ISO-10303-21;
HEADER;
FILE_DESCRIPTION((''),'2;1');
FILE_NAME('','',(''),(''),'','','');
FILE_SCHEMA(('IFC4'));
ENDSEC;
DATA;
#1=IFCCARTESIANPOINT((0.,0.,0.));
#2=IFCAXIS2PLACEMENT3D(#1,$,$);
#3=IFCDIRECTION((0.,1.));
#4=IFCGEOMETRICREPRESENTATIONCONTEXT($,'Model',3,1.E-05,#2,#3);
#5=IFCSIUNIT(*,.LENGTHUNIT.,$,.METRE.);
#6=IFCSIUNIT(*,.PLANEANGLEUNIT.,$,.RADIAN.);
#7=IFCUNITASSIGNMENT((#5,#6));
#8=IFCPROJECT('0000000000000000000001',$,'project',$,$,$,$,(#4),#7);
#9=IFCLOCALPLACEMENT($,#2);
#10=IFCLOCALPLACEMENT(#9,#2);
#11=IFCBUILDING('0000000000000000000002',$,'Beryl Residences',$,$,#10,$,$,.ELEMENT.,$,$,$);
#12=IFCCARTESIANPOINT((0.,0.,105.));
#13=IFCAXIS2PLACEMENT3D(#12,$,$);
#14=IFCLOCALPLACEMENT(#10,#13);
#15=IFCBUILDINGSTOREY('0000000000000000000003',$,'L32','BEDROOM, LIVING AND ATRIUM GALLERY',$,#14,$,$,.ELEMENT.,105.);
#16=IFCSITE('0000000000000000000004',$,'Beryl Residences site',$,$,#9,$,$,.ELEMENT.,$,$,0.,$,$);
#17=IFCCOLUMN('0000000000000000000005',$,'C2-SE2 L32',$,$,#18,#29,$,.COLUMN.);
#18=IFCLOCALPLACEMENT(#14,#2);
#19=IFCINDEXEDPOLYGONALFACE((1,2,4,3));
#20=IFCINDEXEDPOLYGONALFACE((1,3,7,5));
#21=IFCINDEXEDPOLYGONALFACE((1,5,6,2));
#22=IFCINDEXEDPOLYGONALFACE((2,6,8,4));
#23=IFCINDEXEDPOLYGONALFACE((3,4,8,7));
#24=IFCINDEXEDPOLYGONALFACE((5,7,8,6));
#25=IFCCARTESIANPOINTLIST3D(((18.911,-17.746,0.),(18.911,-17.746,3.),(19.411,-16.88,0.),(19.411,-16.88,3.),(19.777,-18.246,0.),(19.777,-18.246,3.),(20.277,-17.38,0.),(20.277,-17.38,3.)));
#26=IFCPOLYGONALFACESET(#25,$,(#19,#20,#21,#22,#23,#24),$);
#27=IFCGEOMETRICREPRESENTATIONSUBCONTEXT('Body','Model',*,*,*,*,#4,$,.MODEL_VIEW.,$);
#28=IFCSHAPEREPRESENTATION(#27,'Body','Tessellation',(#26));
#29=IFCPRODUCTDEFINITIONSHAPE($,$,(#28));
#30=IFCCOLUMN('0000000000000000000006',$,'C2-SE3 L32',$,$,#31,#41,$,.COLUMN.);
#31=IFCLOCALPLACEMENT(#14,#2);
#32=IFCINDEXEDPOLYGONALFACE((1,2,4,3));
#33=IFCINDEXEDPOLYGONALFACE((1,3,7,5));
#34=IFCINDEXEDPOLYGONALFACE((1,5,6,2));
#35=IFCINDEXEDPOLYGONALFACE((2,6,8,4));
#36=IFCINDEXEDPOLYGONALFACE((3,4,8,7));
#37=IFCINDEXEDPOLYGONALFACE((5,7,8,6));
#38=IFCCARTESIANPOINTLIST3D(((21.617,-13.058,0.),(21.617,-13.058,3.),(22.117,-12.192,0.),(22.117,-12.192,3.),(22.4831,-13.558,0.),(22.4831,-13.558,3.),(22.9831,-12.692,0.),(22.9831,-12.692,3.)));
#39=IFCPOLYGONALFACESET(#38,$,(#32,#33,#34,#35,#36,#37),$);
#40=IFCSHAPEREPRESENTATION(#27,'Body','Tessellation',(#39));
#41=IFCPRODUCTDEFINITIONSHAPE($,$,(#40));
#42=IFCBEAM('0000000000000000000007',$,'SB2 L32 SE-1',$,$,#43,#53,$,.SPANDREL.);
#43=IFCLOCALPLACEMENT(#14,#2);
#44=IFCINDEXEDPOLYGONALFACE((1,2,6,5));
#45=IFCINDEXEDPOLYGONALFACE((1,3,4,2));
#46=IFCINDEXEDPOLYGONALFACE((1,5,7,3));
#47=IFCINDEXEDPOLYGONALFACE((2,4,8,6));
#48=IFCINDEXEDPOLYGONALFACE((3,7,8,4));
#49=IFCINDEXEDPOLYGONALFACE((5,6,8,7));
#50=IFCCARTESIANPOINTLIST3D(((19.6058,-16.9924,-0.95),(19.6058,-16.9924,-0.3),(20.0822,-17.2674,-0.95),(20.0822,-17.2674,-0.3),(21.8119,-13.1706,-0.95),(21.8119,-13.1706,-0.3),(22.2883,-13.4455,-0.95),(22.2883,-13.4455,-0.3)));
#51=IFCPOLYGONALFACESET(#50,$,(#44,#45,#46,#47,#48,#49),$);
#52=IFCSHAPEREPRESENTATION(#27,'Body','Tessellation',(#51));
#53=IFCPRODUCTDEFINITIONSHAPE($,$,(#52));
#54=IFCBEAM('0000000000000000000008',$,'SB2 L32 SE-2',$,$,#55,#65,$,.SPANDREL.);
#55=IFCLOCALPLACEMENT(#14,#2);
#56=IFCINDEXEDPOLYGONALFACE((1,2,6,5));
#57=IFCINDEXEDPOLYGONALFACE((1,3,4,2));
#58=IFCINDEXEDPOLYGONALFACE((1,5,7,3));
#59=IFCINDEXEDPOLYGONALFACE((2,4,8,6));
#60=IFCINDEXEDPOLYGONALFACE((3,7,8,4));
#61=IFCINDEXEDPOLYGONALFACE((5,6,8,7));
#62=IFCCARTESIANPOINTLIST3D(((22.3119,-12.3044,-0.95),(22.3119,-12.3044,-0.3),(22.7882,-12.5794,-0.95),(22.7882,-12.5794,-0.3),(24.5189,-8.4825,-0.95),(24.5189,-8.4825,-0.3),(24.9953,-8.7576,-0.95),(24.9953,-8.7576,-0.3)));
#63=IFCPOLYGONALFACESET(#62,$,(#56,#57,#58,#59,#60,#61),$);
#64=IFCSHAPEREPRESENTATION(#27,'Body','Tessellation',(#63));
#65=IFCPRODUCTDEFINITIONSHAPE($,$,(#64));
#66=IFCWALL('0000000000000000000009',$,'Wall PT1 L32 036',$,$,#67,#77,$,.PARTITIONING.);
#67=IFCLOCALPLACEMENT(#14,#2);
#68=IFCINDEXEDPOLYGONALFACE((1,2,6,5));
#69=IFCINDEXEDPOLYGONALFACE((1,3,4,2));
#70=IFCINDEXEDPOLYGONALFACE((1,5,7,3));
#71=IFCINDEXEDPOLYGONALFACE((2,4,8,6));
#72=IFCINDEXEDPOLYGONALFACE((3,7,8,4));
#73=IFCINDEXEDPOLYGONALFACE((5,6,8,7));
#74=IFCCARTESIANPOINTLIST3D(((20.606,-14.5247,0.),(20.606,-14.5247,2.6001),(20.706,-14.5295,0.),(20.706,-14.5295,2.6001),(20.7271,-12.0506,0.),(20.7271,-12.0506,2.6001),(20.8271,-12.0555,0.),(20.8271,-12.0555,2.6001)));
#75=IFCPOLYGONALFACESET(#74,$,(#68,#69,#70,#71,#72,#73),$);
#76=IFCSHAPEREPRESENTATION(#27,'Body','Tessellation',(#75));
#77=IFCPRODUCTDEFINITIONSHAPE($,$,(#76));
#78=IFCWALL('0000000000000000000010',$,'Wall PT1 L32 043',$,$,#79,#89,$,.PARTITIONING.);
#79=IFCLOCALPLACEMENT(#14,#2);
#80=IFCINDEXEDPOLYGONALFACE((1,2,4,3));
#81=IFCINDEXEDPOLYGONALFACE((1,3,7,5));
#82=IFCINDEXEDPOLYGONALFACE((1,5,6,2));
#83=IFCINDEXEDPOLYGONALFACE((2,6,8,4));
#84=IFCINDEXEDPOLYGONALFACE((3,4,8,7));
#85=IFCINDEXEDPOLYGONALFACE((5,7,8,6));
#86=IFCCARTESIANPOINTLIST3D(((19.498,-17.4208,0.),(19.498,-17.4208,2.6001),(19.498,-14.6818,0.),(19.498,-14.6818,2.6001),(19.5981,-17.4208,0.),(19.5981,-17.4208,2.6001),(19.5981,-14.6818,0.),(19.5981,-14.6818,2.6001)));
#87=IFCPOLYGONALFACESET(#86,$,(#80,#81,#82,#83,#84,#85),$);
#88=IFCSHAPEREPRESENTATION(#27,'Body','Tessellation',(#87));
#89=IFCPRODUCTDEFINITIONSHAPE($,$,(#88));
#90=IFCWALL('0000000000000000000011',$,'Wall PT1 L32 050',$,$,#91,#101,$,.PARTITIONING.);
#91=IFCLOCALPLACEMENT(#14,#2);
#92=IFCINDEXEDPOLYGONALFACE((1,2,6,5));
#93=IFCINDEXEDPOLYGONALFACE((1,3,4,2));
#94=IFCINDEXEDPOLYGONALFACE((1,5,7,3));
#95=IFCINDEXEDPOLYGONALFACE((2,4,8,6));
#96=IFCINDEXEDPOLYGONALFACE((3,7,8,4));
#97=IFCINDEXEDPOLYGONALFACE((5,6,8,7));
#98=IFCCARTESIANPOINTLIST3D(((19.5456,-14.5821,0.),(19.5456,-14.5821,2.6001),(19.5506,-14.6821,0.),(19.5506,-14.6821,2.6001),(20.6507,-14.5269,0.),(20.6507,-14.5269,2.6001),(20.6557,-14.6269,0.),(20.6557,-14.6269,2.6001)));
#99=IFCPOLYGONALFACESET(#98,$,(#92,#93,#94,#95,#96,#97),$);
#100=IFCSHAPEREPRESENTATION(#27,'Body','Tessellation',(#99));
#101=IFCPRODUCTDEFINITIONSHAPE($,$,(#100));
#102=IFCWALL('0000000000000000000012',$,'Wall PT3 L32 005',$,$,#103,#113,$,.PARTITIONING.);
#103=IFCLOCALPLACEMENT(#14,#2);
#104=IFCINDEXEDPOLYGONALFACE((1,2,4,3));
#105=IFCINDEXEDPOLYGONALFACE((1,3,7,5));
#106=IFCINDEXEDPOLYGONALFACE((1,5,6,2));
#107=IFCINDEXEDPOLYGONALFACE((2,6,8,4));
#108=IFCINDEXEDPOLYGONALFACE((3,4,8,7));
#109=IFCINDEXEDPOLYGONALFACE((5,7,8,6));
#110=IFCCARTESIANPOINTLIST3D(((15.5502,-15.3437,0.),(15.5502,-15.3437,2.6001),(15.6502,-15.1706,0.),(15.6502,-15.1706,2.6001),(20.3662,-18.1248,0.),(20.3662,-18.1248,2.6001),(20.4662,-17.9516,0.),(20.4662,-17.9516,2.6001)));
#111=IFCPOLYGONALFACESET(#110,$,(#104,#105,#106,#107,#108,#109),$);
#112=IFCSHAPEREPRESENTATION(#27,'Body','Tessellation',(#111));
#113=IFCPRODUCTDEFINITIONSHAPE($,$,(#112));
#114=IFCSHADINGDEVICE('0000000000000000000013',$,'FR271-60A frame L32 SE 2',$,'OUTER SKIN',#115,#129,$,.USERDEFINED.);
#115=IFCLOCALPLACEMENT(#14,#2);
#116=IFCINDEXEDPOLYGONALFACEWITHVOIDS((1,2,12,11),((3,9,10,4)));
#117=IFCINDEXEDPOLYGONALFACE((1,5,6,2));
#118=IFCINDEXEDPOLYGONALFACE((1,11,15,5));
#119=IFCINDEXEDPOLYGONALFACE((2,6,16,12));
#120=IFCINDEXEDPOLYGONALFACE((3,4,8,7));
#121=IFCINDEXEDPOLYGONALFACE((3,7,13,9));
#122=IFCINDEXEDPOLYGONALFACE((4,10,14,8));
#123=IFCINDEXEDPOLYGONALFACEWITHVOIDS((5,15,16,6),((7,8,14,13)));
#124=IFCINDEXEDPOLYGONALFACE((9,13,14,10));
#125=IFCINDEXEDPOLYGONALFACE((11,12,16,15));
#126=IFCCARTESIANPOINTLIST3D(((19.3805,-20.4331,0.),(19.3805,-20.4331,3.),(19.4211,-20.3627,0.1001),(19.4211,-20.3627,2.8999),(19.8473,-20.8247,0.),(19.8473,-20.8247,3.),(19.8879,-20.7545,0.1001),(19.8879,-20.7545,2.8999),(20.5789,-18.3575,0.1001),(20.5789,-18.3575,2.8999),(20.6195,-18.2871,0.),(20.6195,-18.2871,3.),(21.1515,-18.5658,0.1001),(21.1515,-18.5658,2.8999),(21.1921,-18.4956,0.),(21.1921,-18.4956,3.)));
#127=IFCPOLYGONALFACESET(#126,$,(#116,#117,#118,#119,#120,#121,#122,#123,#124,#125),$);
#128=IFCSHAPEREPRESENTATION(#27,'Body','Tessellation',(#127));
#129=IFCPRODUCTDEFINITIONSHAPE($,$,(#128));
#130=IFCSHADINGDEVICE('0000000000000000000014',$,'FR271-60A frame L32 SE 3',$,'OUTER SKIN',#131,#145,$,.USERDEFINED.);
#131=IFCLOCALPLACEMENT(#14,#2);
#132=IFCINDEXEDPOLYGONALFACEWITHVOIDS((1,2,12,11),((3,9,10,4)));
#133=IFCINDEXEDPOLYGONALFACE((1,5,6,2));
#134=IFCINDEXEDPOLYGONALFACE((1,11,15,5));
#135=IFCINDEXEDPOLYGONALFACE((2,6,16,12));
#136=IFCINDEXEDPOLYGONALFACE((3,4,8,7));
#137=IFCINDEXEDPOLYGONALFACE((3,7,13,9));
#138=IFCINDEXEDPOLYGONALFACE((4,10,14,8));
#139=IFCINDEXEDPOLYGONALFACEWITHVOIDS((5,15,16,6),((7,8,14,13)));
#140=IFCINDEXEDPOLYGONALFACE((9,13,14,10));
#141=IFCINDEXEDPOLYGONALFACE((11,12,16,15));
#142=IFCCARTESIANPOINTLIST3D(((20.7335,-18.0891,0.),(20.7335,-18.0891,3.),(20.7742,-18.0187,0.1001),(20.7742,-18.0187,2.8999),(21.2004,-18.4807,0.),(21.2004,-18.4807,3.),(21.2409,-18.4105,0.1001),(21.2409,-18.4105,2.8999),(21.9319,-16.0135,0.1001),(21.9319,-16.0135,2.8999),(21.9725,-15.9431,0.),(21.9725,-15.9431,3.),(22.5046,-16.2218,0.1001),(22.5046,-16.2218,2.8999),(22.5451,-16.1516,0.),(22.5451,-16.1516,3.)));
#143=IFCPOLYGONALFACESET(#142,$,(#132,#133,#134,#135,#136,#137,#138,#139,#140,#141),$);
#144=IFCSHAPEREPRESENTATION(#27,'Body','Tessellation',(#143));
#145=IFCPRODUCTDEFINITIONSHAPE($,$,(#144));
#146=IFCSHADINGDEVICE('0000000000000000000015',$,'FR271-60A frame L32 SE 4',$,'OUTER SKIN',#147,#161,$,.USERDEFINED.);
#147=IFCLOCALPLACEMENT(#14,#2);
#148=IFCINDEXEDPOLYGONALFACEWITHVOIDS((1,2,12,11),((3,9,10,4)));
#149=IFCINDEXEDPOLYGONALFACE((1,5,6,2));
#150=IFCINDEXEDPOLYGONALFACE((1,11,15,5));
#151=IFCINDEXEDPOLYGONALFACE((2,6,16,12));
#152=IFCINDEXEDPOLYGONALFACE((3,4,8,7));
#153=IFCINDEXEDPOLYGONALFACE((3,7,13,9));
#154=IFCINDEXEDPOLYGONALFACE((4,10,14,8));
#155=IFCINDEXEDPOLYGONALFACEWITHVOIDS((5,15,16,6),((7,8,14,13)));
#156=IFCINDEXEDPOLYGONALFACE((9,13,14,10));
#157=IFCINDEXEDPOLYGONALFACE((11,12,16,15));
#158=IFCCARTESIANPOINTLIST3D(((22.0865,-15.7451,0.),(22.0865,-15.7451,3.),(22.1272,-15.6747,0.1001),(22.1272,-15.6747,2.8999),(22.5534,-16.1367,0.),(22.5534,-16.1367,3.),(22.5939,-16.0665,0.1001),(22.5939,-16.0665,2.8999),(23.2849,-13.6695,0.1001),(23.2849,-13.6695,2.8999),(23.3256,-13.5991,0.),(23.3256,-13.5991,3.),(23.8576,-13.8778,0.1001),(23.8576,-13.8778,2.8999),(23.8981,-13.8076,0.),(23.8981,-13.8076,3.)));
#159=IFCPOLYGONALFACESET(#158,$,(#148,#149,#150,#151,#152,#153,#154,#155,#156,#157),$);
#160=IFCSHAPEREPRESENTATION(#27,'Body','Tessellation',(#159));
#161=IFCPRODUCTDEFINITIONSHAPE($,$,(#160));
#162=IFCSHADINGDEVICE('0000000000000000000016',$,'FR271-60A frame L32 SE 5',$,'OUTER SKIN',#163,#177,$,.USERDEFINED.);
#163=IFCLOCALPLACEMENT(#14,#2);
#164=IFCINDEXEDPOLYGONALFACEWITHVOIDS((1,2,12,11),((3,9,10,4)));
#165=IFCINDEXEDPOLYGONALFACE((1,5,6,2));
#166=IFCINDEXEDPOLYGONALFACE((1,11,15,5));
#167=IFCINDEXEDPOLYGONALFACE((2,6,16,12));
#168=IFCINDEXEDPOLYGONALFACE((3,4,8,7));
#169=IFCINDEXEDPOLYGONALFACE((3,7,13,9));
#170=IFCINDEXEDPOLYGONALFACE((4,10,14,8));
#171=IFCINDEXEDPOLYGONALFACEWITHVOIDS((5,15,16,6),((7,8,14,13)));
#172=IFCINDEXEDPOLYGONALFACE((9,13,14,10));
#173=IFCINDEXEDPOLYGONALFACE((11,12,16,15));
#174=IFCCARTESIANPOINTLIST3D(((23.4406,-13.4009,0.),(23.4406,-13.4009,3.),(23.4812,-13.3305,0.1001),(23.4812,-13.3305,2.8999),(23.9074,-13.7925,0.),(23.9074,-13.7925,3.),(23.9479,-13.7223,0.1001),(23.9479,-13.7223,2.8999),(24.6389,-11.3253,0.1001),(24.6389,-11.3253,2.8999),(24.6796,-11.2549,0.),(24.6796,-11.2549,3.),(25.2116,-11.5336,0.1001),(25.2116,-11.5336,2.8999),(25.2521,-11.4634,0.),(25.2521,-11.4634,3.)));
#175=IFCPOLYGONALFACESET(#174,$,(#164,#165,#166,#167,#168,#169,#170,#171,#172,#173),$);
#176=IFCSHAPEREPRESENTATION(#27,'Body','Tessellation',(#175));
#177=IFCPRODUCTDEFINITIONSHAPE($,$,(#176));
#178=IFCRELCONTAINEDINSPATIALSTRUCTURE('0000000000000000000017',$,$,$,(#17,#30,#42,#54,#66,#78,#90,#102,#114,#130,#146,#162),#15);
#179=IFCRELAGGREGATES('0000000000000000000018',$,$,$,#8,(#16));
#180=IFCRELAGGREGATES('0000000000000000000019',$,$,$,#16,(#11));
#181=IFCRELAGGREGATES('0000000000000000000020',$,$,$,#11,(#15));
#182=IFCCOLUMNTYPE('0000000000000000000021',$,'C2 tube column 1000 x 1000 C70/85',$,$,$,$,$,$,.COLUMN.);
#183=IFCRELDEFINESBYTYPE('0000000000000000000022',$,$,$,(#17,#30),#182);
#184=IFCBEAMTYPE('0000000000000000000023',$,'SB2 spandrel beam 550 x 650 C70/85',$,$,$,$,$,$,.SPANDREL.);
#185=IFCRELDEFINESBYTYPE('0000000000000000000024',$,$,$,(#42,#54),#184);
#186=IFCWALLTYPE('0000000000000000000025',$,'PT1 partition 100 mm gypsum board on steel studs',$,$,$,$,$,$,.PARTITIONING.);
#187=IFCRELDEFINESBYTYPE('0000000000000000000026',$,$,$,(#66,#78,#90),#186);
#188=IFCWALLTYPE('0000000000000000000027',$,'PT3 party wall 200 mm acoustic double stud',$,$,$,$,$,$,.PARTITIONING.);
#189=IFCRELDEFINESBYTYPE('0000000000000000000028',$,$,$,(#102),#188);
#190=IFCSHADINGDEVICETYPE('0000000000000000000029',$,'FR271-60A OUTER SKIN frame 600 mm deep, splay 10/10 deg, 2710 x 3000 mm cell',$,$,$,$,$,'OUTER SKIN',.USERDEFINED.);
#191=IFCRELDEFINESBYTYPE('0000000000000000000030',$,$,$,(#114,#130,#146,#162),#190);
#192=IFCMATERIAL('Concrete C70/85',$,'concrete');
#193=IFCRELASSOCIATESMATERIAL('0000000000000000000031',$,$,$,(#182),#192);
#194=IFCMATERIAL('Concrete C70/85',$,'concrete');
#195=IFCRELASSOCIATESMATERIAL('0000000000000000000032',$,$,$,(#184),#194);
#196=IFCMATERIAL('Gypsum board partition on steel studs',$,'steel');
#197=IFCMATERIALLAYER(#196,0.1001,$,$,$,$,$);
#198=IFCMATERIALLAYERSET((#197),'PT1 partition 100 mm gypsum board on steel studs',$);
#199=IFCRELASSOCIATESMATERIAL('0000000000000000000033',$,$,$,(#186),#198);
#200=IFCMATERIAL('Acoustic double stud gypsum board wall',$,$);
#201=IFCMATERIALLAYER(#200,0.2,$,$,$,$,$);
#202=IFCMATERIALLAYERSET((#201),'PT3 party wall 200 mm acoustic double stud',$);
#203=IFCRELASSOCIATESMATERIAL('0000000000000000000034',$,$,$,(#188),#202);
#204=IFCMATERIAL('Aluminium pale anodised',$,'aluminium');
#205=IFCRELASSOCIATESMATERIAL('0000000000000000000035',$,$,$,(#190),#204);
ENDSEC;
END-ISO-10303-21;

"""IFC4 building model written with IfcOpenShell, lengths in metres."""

from ifc_helpers import new_model, entity, si_unit, direction, frame, frame_2d, origin, origin_2d, place, context, subcontext, project, spatial, rectangle, extrude, source, transform, mapped, material, layer, layer_set, material_profile, profile_set, type_object, type_shapes, element, save


model = new_model("IFC4")

# Units and contexts
model_context = context("Model", 3, precision=1e-05, world=origin(), true_north=direction((0.0, 1.0)))
body_context = subcontext(model_context, "Body", "Model", "MODEL_VIEW")
ifc_project = project(units=[si_unit("LENGTHUNIT", "METRE"), si_unit("PLANEANGLEUNIT", "RADIAN")], contexts=[model_context])

# Site, building, storey
site_placement = place(None, origin())
site = spatial("IfcSite", under=ifc_project, at=site_placement, Name="Beryl Residences site", CompositionType="ELEMENT", RefElevation=0.0)
building_placement = place(site_placement, origin())
building = spatial("IfcBuilding", under=site, at=building_placement, Name="Beryl Residences", CompositionType="ELEMENT")
storey_placement = place(building_placement, frame((0.0, 0.0, 105.0)))
storey = spatial("IfcBuildingStorey", under=building, at=storey_placement, Name="L32", Description="BEDROOM, LIVING AND ATRIUM GALLERY", CompositionType="ELEMENT", Elevation=105.0)

# Columns
ifc_material_1 = material(Name="Concrete C70/85", Category="concrete")
ifc_material_profile_1 = material_profile(ifc_material_1, rectangle(XDim=1.0, YDim=1.0, at=origin_2d()))
ifc_profile_set_1 = profile_set([ifc_material_profile_1], Name="Concrete C70/85")
column_type = type_object("IfcColumnType", Name="C2 tube column 1000 x 1000 C70/85", PredefinedType="COLUMN", material=ifc_profile_set_1)
for number, where, z_axis, x_axis, name in (
    (1, (19.594, -17.563, 0.0), (0.0, 0.0, 1.0), (0.5, 0.866025, 0.0), "C2-SE2 L32"),
    (2, (22.3, -12.875, 0.0), (0.0, 0.0, 1.0), (0.5, 0.866025, 0.0), "C2-SE3 L32"),
):
    element("IfcColumn", number, at=place(storey_placement, frame(where, z_axis=z_axis, x_axis=x_axis)), inside=storey, type_object=column_type, Name=name, PredefinedType="COLUMN", context=body_context, shape_type="SweptSolid", body=[
        extrude(rectangle(XDim=1.0, YDim=1.0, at=origin_2d()), origin(), (0.0, 0.0, 1.0), 3.0),
    ])

# Beams
ifc_material_2 = material(Name="Concrete C70/85", Category="concrete")
ifc_material_profile_2 = material_profile(ifc_material_2, rectangle(XDim=0.55, YDim=0.6499, at=origin_2d()))
ifc_profile_set_2 = profile_set([ifc_material_profile_2], Name="Concrete C70/85")
beam_type = type_object("IfcBeamType", Name="SB2 spandrel beam 550 x 650 C70/85", PredefinedType="SPANDREL", material=ifc_profile_set_2)
beam_1_placement = place(storey_placement, frame((19.844, -17.1299, -0.625), z_axis=(0.499924, 0.86607, 0.0), x_axis=(-0.86607, 0.499924, 0.0)))
element("IfcBeam", 3, at=beam_1_placement, inside=storey, type_object=beam_type, Name="SB2 L32 SE-1", PredefinedType="SPANDREL", context=body_context, shape_type="SweptSolid", body=[
    extrude(rectangle(XDim=0.55, YDim=0.6499, at=origin_2d()), origin(), (0.0, 0.0, 1.0), 4.4128),
])
beam_2_placement = place(storey_placement, frame((22.55, -12.4419, -0.625), z_axis=(0.50009, 0.865974, 0.0), x_axis=(-0.865974, 0.50009, 0.0)))
element("IfcBeam", 4, at=beam_2_placement, inside=storey, type_object=beam_type, Name="SB2 L32 SE-2", PredefinedType="SPANDREL", context=body_context, shape_type="SweptSolid", body=[
    extrude(rectangle(XDim=0.55, YDim=0.6499, at=origin_2d()), origin(), (0.0, 0.0, 1.0), 4.4133),
])

# Walls
ifc_material_3 = material(Name="Gypsum board partition on steel studs", Category="steel")
ifc_layer_1 = layer(ifc_material_3, 0.1001)
ifc_layer_set_1 = layer_set([ifc_layer_1], Name="PT1 partition 100 mm gypsum board on steel studs")
wall_type_1 = type_object("IfcWallType", Name="PT1 partition 100 mm gypsum board on steel studs", PredefinedType="PARTITIONING", material=ifc_layer_set_1)
wall_1_placement = place(storey_placement, frame((20.656, -14.5271, 0.0), z_axis=(0.0, 0.0, 1.0), x_axis=(0.048886, 0.998804, 0.0)))
element("IfcWall", 5, at=wall_1_placement, inside=storey, type_object=wall_type_1, Name="Wall PT1 L32 036", PredefinedType="PARTITIONING", context=body_context, shape_type="SweptSolid", body=[
    extrude(rectangle(XDim=2.4771, YDim=0.1001, at=frame_2d((1.2385, 0.0))), origin(), (0.0, 0.0, 1.0), 2.6001),
])
wall_2_placement = place(storey_placement, frame((19.5481, -17.4209, 0.0), z_axis=(0.0, 0.0, 1.0), x_axis=(0.0, 1.0, 0.0)))
element("IfcWall", 6, at=wall_2_placement, inside=storey, type_object=wall_type_1, Name="Wall PT1 L32 043", PredefinedType="PARTITIONING", context=body_context, shape_type="SweptSolid", body=[
    extrude(rectangle(XDim=2.739, YDim=0.1001, at=frame_2d((1.3696, 0.0))), origin(), (0.0, 0.0, 1.0), 2.6001),
])
wall_3_placement = place(storey_placement, frame((19.5481, -14.6321, 0.0), z_axis=(0.0, 0.0, 1.0), x_axis=(0.998756, 0.049872, 0.0)))
element("IfcWall", 7, at=wall_3_placement, inside=storey, type_object=wall_type_1, Name="Wall PT1 L32 050", PredefinedType="PARTITIONING", context=body_context, shape_type="SweptSolid", body=[
    extrude(rectangle(XDim=1.1064, YDim=0.1001, at=frame_2d((0.5532, 0.0))), origin(), (0.0, 0.0, 1.0), 2.6001),
])
ifc_material_4 = material(Name="Acoustic double stud gypsum board wall")
ifc_layer_2 = layer(ifc_material_4, 0.2)
ifc_layer_set_2 = layer_set([ifc_layer_2], Name="PT3 party wall 200 mm acoustic double stud")
wall_type_2 = type_object("IfcWallType", Name="PT3 party wall 200 mm acoustic double stud", PredefinedType="PARTITIONING", material=ifc_layer_set_2)
wall_4_placement = place(storey_placement, frame((15.6001, -15.2571, 0.0), z_axis=(0.0, 0.0, 1.0), x_axis=(0.865984, -0.500072, 0.0)))
element("IfcWall", 8, at=wall_4_placement, inside=storey, type_object=wall_type_2, Name="Wall PT3 L32 005", PredefinedType="PARTITIONING", context=body_context, shape_type="SweptSolid", body=[
    extrude(rectangle(XDim=5.5613, YDim=0.2, at=frame_2d((2.7808, 0.0))), origin(), (0.0, 0.0, 1.0), 2.6001),
])

# Shading devices
ifc_material_5 = material(Name="Aluminium pale anodised", Category="aluminium")
shading_device_type = type_object("IfcShadingDeviceType", Name="FR271-60A OUTER SKIN frame 600 mm deep, splay 10/10 deg, 2710 x 3000 mm cell", ElementType="OUTER SKIN", PredefinedType="USERDEFINED", material=ifc_material_5)
cartesian_point_1 = entity("IfcCartesianPoint", [-1.239, 0.0])
cartesian_point_2 = entity("IfcCartesianPoint", [-1.1577, 0.1001])
cartesian_point_3 = entity("IfcCartesianPoint", [-1.3447, 0.0])
cartesian_point_4 = entity("IfcCartesianPoint", [-1.2637, 0.1001])
shared_shape = source(origin(), body_context, "Body", "SweptSolid", [
    entity("IfcExtrudedAreaSolidTapered", entity("IfcArbitraryProfileDefWithVoids", "AREA", None, entity("IfcPolyline", [cartesian_point_1, entity("IfcCartesianPoint", [1.239, 0.0]), entity("IfcCartesianPoint", [1.239, 3.0]), entity("IfcCartesianPoint", [-1.239, 3.0]), cartesian_point_1]), [entity("IfcPolyline", [cartesian_point_2, entity("IfcCartesianPoint", [1.1577, 0.1001]), entity("IfcCartesianPoint", [1.1577, 2.8999]), entity("IfcCartesianPoint", [-1.1577, 2.8999]), cartesian_point_2])]), entity("IfcAxis2Placement3D", entity("IfcCartesianPoint", [0.0, 0.0, 0.0]), entity("IfcDirection", [0.0, 1.0, 0.0]), entity("IfcDirection", [-1.0, 0.0, 0.0])), entity("IfcDirection", [0.0, 0.0, 1.0]), 0.6001, entity("IfcArbitraryProfileDefWithVoids", "AREA", None, entity("IfcPolyline", [cartesian_point_3, entity("IfcCartesianPoint", [1.3447, 0.0]), entity("IfcCartesianPoint", [1.3447, 3.0]), entity("IfcCartesianPoint", [-1.3447, 3.0]), cartesian_point_3]), [entity("IfcPolyline", [cartesian_point_4, entity("IfcCartesianPoint", [1.2637, 0.1001]), entity("IfcCartesianPoint", [1.2637, 2.8999]), entity("IfcCartesianPoint", [-1.2637, 2.8999]), cartesian_point_4])])),
])
type_shapes(shading_device_type, [shared_shape])
for number, where, z_axis, x_axis, name in (
    (9, (20.0, -19.3601, 0.0), (0.0, 0.0, 1.0), (-0.5, -0.866025, 0.0), "FR271-60A frame L32 SE 2"),
    (10, (21.353, -17.0161, 0.0), (0.0, 0.0, 1.0), (-0.5, -0.866025, 0.0), "FR271-60A frame L32 SE 3"),
    (11, (22.7061, -14.6721, 0.0), (0.0, 0.0, 1.0), (-0.5, -0.866025, 0.0), "FR271-60A frame L32 SE 4"),
    (12, (24.0601, -12.3279, 0.0), (0.0, 0.0, 1.0), (-0.5, -0.866025, 0.0), "FR271-60A frame L32 SE 5"),
):
    element("IfcShadingDevice", number, at=place(storey_placement, frame(where, z_axis=z_axis, x_axis=x_axis)), inside=storey, type_object=shading_device_type, Name=name, ObjectType="OUTER SKIN", PredefinedType="USERDEFINED", context=body_context, shape_type="MappedRepresentation", body=[
        mapped(shared_shape, transform((0.0, 0.0, 0.0))),
    ])

save(model, "model.ifc")
